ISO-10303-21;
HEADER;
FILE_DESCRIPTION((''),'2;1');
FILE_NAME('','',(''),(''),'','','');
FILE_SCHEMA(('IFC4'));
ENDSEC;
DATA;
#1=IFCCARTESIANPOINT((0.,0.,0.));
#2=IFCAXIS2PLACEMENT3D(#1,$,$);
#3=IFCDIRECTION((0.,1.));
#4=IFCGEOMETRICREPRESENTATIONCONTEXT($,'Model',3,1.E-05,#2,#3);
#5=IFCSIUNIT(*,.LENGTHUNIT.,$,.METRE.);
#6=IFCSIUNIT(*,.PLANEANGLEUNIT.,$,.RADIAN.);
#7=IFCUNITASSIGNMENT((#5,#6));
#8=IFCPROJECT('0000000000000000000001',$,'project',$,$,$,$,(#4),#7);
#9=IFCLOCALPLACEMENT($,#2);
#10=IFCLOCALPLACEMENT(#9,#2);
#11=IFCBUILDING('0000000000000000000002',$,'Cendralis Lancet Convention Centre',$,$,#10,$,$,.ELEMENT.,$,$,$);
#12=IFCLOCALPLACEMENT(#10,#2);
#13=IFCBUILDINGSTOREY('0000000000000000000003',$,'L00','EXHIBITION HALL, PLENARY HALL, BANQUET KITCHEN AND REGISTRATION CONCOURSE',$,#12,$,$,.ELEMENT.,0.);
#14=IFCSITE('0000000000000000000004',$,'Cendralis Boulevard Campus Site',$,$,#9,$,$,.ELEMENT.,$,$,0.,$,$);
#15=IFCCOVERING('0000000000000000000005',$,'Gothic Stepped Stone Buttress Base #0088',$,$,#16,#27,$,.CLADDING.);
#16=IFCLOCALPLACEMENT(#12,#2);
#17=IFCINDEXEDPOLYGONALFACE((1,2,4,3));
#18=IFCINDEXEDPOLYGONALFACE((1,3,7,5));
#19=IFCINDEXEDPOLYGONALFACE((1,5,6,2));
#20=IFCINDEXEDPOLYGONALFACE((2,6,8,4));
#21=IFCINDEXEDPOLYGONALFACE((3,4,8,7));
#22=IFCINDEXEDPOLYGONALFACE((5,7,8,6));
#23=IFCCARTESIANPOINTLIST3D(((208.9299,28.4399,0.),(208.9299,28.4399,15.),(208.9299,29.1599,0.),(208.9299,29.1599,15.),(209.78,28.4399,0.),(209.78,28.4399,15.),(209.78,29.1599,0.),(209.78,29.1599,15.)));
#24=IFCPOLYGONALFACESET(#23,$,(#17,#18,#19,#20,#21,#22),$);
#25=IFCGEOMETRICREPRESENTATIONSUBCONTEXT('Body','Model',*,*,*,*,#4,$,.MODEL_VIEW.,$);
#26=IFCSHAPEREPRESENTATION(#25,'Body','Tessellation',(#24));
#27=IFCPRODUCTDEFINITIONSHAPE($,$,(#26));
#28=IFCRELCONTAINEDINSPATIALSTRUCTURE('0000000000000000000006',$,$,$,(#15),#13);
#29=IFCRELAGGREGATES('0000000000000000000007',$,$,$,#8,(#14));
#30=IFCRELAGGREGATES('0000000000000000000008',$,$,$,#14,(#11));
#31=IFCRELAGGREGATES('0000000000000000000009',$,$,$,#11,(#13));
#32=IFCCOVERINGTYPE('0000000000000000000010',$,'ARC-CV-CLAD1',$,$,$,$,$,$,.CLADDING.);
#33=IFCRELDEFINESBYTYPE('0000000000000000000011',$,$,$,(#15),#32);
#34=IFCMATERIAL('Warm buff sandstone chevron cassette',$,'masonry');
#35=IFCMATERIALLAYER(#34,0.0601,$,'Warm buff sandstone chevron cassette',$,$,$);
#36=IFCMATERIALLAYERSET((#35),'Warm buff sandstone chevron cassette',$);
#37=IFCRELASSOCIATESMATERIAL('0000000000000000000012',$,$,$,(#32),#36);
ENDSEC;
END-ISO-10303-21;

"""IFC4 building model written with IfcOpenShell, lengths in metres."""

from ifc_helpers import new_model, si_unit, direction, origin, place, context, subcontext, project, spatial, polyline, outline, extrude, material, layer, layer_set, type_object, element, save


model = new_model("IFC4")

# Units and contexts
model_context = context("Model", 3, precision=1e-05, world=origin(), true_north=direction((0.0, 1.0)))
body_context = subcontext(model_context, "Body", "Model", "MODEL_VIEW")
ifc_project = project(units=[si_unit("LENGTHUNIT", "METRE"), si_unit("PLANEANGLEUNIT", "RADIAN")], contexts=[model_context])

# Site, building, storey
site_placement = place(None, origin())
site = spatial("IfcSite", under=ifc_project, at=site_placement, Name="Cendralis Boulevard Campus Site", CompositionType="ELEMENT", RefElevation=0.0)
building_placement = place(site_placement, origin())
building = spatial("IfcBuilding", under=site, at=building_placement, Name="Cendralis Lancet Convention Centre", CompositionType="ELEMENT")
storey_placement = place(building_placement, origin())
storey = spatial("IfcBuildingStorey", under=building, at=storey_placement, Name="L00", Description="EXHIBITION HALL, PLENARY HALL, BANQUET KITCHEN AND REGISTRATION CONCOURSE", CompositionType="ELEMENT", Elevation=0.0)

# Covering
ifc_material_1 = material(Name="Warm buff sandstone chevron cassette", Category="masonry")
ifc_layer_1 = layer(ifc_material_1, 0.0601, Name="Warm buff sandstone chevron cassette")
ifc_layer_set_1 = layer_set([ifc_layer_1], Name="Warm buff sandstone chevron cassette")
covering_type = type_object("IfcCoveringType", Name="ARC-CV-CLAD1", PredefinedType="CLADDING", material=ifc_layer_set_1)
covering_1_placement = place(storey_placement, origin())
element("IfcCovering", 1, at=covering_1_placement, inside=storey, type_object=covering_type, Name="Gothic Stepped Stone Buttress Base #0088", PredefinedType="CLADDING", context=body_context, shape_type="SweptSolid", body=[
    extrude(outline(polyline([(209.78, 28.4399), (209.78, 29.1599), (208.9299, 29.1599), (208.9299, 28.4399), (209.78, 28.4399)])), origin(), (0.0, 0.0, 1.0), 15.0),
])

save(model, "model.ifc")
